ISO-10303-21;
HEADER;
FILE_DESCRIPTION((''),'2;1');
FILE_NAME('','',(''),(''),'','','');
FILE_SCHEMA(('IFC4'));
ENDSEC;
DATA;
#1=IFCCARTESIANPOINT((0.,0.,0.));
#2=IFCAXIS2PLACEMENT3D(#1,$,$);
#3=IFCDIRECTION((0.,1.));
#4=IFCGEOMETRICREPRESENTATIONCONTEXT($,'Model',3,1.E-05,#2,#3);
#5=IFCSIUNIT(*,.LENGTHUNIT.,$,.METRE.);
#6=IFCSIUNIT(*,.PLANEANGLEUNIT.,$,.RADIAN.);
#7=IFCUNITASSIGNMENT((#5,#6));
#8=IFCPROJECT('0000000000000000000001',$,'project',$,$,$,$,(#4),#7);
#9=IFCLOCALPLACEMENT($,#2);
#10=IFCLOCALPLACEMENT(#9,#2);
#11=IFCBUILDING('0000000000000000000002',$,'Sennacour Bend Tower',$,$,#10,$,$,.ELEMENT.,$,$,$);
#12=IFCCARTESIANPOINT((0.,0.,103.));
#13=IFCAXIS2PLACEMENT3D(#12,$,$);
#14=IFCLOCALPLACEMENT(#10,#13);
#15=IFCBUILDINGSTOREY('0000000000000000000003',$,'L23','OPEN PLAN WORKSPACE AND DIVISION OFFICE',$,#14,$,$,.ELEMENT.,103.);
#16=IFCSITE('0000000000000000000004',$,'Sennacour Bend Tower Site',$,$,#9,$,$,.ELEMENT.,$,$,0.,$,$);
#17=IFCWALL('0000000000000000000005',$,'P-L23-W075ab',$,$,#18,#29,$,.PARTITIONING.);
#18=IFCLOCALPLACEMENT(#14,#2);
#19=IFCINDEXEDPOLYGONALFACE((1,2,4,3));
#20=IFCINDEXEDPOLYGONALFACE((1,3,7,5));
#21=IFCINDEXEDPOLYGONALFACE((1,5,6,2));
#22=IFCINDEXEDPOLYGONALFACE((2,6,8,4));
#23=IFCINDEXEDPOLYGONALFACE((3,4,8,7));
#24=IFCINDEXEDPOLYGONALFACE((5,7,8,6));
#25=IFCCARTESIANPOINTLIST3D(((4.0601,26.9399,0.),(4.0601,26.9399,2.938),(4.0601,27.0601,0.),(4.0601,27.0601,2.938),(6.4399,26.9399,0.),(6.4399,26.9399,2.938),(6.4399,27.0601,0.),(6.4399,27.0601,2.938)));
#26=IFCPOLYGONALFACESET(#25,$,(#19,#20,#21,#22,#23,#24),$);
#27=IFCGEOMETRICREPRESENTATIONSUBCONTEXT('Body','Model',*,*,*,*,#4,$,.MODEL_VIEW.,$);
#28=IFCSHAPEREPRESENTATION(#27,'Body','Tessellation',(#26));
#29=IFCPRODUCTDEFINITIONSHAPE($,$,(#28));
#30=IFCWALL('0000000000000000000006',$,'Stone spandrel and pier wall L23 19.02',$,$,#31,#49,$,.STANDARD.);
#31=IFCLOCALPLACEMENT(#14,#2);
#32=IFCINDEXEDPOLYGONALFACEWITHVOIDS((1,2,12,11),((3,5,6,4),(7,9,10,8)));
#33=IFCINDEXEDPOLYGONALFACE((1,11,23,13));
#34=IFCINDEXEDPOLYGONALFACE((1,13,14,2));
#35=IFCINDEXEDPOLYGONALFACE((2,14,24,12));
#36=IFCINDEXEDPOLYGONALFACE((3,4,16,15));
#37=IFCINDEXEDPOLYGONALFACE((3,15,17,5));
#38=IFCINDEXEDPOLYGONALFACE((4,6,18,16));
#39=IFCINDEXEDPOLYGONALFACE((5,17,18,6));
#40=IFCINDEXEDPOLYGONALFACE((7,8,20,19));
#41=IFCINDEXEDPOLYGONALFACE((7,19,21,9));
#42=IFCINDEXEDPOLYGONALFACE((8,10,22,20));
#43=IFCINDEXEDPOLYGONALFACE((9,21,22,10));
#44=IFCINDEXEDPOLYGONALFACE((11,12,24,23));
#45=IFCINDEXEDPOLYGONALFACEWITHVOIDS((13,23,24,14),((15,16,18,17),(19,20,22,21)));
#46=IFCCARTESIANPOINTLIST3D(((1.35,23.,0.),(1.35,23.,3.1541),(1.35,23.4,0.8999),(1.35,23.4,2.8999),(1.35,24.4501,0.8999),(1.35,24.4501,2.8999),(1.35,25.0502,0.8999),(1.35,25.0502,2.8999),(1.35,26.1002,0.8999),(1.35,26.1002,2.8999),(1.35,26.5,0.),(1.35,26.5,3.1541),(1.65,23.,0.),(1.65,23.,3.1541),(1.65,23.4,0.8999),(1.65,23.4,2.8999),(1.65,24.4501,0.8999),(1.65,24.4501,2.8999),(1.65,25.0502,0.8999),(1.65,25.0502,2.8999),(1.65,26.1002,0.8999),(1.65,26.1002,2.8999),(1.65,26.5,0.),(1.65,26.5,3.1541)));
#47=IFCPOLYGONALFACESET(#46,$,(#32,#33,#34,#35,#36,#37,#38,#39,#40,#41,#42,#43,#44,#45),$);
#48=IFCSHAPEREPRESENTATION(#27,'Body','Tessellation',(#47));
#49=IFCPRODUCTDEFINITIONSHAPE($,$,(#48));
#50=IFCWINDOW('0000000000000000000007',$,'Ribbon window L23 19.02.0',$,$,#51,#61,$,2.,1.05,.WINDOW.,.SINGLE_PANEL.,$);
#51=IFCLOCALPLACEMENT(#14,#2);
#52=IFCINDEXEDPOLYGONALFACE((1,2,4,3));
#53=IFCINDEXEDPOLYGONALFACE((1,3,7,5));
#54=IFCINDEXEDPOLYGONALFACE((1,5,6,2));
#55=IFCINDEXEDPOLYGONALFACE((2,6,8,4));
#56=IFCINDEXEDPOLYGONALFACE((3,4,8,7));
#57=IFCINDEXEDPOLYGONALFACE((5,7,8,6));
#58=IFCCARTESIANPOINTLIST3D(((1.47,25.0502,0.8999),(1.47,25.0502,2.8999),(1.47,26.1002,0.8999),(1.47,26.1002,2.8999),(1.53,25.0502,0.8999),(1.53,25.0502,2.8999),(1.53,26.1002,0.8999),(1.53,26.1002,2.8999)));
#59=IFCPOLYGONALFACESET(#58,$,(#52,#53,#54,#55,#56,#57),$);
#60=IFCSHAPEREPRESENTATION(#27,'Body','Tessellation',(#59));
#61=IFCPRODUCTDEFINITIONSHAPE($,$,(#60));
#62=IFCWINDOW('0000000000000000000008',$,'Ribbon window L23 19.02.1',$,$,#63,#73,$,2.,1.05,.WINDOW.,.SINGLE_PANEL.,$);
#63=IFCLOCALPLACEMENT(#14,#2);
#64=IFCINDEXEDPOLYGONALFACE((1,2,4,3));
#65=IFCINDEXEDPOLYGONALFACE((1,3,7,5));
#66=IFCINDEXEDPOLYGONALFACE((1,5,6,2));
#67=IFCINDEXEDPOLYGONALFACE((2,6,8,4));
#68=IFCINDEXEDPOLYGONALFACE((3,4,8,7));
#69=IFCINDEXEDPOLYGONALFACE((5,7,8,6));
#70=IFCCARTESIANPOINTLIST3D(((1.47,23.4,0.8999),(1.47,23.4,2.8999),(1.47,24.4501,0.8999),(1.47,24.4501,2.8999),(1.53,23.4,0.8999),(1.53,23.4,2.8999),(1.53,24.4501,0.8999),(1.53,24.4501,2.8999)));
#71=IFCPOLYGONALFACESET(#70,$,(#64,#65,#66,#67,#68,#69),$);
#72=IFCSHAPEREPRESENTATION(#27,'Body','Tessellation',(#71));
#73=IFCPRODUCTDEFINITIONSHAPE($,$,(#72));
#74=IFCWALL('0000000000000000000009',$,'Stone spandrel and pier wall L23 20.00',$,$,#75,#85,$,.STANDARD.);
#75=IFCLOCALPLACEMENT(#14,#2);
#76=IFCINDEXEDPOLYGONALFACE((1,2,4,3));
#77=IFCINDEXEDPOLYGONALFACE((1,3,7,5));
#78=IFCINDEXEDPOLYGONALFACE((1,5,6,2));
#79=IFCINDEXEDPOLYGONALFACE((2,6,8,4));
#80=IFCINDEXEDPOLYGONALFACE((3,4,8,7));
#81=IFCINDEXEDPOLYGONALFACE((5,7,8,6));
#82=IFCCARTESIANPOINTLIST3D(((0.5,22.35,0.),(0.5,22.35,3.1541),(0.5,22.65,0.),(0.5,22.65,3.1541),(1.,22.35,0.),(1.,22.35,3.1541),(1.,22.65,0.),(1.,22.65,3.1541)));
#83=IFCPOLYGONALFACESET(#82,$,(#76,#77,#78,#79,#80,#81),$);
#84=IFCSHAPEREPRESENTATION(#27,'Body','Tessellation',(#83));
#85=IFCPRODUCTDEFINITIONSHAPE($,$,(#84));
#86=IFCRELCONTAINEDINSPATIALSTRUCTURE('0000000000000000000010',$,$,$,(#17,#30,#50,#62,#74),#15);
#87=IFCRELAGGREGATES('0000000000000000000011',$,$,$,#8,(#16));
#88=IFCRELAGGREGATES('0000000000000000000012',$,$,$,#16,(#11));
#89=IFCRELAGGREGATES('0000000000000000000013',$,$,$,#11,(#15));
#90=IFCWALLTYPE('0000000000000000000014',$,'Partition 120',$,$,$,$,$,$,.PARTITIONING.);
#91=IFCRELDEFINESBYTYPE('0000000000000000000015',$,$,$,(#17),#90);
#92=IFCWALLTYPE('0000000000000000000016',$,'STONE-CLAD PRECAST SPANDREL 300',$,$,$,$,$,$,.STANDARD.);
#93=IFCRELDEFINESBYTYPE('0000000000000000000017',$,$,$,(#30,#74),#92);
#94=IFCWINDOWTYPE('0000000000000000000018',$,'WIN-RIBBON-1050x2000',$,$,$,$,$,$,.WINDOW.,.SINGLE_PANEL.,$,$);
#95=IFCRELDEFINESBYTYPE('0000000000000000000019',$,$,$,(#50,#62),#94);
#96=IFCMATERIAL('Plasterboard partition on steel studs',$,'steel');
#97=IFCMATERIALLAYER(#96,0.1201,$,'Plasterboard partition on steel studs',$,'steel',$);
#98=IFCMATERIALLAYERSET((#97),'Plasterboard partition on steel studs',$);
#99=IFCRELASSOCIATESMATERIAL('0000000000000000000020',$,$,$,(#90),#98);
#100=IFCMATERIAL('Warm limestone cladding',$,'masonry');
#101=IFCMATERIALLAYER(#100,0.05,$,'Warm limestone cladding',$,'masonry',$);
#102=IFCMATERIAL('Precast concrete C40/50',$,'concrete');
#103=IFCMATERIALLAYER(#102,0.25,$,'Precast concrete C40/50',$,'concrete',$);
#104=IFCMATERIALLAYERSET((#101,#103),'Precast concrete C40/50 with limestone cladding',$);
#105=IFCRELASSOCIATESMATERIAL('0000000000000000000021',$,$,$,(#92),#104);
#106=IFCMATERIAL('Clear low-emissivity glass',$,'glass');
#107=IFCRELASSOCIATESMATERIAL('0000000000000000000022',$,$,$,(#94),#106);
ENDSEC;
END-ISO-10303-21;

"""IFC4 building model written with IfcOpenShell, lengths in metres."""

from ifc_helpers import new_model, si_unit, direction, frame, frame_2d, origin, place, context, subcontext, project, spatial, rectangle, extrude, material, layer, layer_set, type_object, element, fill, save


model = new_model("IFC4")

# Units and contexts
model_context = context("Model", 3, precision=1e-05, world=origin(), true_north=direction((0.0, 1.0)))
body_context = subcontext(model_context, "Body", "Model", "MODEL_VIEW")
ifc_project = project(units=[si_unit("LENGTHUNIT", "METRE"), si_unit("PLANEANGLEUNIT", "RADIAN")], contexts=[model_context])

# Site, building, storey
site_placement = place(None, origin())
site = spatial("IfcSite", under=ifc_project, at=site_placement, Name="Sennacour Bend Tower Site", CompositionType="ELEMENT", RefElevation=0.0)
building_placement = place(site_placement, origin())
building = spatial("IfcBuilding", under=site, at=building_placement, Name="Sennacour Bend Tower", CompositionType="ELEMENT")
storey_placement = place(building_placement, frame((0.0, 0.0, 103.0)))
storey = spatial("IfcBuildingStorey", under=building, at=storey_placement, Name="L23", Description="OPEN PLAN WORKSPACE AND DIVISION OFFICE", CompositionType="ELEMENT", Elevation=103.0)

# Wall
ifc_material_1 = material(Name="Plasterboard partition on steel studs", Category="steel")
ifc_layer_1 = layer(ifc_material_1, 0.1201, Name="Plasterboard partition on steel studs", Category="steel")
ifc_layer_set_1 = layer_set([ifc_layer_1], Name="Plasterboard partition on steel studs")
wall_type_1 = type_object("IfcWallType", Name="Partition 120", PredefinedType="PARTITIONING", material=ifc_layer_set_1)
wall_1_placement = place(storey_placement, frame((4.0601, 27.0, 0.0), z_axis=(0.0, 0.0, 1.0), x_axis=(1.0, 0.0, 0.0)))
element("IfcWall", 1, at=wall_1_placement, inside=storey, type_object=wall_type_1, Name="P-L23-W075ab", PredefinedType="PARTITIONING", context=body_context, shape_type="SweptSolid", body=[
    extrude(rectangle(XDim=2.3799, YDim=0.1201, at=frame_2d((1.1899, 0.0))), origin(), (0.0, 0.0, 1.0), 2.938),
])

# Wall, openings, windows
ifc_material_2 = material(Name="Warm limestone cladding", Category="masonry")
ifc_layer_2 = layer(ifc_material_2, 0.05, Name="Warm limestone cladding", Category="masonry")
ifc_material_3 = material(Name="Precast concrete C40/50", Category="concrete")
ifc_layer_3 = layer(ifc_material_3, 0.25, Name="Precast concrete C40/50", Category="concrete")
ifc_layer_set_2 = layer_set([ifc_layer_2, ifc_layer_3], Name="Precast concrete C40/50 with limestone cladding")
wall_type_2 = type_object("IfcWallType", Name="STONE-CLAD PRECAST SPANDREL 300", PredefinedType="STANDARD", material=ifc_layer_set_2)
wall_2_placement = place(storey_placement, frame((1.5, 26.5, 0.0), z_axis=(0.0, 0.0, 1.0), x_axis=(0.0, -1.0, 0.0)))
wall_2 = element("IfcWall", 2, at=wall_2_placement, inside=storey, type_object=wall_type_2, Name="Stone spandrel and pier wall L23 19.02", PredefinedType="STANDARD", context=body_context, shape_type="SweptSolid", body=[
    extrude(rectangle(XDim=3.5, YDim=0.3, at=frame_2d((1.75, 0.0))), origin(), (0.0, 0.0, 1.0), 3.1541),
])
opening_1_placement = place(wall_2_placement, frame((0.3999, 0.0, 0.8999)))
opening_1 = element("IfcOpeningElement", 3, at=opening_1_placement, cuts=wall_2, PredefinedType="OPENING", context=body_context, shape_type="SweptSolid", body=[
    extrude(rectangle(XDim=1.05, YDim=2.0, at=frame_2d((0.5249, 1.0))), frame((0.0, 0.1602, 0.0), z_axis=(0.0, -1.0, 0.0), x_axis=(1.0, 0.0, 0.0)), (0.0, 0.0, 1.0), 0.3201),
])
opening_2_placement = place(wall_2_placement, frame((2.05, 0.0, 0.8999)))
opening_2 = element("IfcOpeningElement", 4, at=opening_2_placement, cuts=wall_2, PredefinedType="OPENING", context=body_context, shape_type="SweptSolid", body=[
    extrude(rectangle(XDim=1.05, YDim=2.0, at=frame_2d((0.5249, 1.0))), frame((0.0, 0.1602, 0.0), z_axis=(0.0, -1.0, 0.0), x_axis=(1.0, 0.0, 0.0)), (0.0, 0.0, 1.0), 0.3201),
])
ifc_material_4 = material(Name="Clear low-emissivity glass", Category="glass")
window_type = type_object("IfcWindowType", Name="WIN-RIBBON-1050x2000", PartitioningType="SINGLE_PANEL", PredefinedType="WINDOW", material=ifc_material_4)
window_1_placement = place(opening_1_placement, origin())
window_1 = element("IfcWindow", 5, at=window_1_placement, inside=storey, type_object=window_type, Name="Ribbon window L23 19.02.0", OverallHeight=2.0, OverallWidth=1.05, PartitioningType="SINGLE_PANEL", PredefinedType="WINDOW", context=body_context, shape_type="SweptSolid", body=[
    extrude(rectangle(XDim=1.05, YDim=2.0, at=frame_2d((0.5249, 1.0))), frame((0.0, 0.03, 0.0), z_axis=(0.0, -1.0, 0.0), x_axis=(1.0, 0.0, 0.0)), (0.0, 0.0, 1.0), 0.0601),
])
fill(opening_1, window_1)
window_2_placement = place(opening_2_placement, origin())
window_2 = element("IfcWindow", 6, at=window_2_placement, inside=storey, type_object=window_type, Name="Ribbon window L23 19.02.1", OverallHeight=2.0, OverallWidth=1.05, PartitioningType="SINGLE_PANEL", PredefinedType="WINDOW", context=body_context, shape_type="SweptSolid", body=[
    extrude(rectangle(XDim=1.05, YDim=2.0, at=frame_2d((0.5249, 1.0))), frame((0.0, 0.03, 0.0), z_axis=(0.0, -1.0, 0.0), x_axis=(1.0, 0.0, 0.0)), (0.0, 0.0, 1.0), 0.0601),
])
fill(opening_2, window_2)

# Wall
wall_3_placement = place(storey_placement, frame((1.0, 22.5, 0.0), z_axis=(0.0, 0.0, 1.0), x_axis=(-1.0, 0.0, 0.0)))
element("IfcWall", 7, at=wall_3_placement, inside=storey, type_object=wall_type_2, Name="Stone spandrel and pier wall L23 20.00", PredefinedType="STANDARD", context=body_context, shape_type="SweptSolid", body=[
    extrude(rectangle(XDim=0.5, YDim=0.3, at=frame_2d((0.25, 0.0))), origin(), (0.0, 0.0, 1.0), 3.1541),
])

save(model, "model.ifc")
